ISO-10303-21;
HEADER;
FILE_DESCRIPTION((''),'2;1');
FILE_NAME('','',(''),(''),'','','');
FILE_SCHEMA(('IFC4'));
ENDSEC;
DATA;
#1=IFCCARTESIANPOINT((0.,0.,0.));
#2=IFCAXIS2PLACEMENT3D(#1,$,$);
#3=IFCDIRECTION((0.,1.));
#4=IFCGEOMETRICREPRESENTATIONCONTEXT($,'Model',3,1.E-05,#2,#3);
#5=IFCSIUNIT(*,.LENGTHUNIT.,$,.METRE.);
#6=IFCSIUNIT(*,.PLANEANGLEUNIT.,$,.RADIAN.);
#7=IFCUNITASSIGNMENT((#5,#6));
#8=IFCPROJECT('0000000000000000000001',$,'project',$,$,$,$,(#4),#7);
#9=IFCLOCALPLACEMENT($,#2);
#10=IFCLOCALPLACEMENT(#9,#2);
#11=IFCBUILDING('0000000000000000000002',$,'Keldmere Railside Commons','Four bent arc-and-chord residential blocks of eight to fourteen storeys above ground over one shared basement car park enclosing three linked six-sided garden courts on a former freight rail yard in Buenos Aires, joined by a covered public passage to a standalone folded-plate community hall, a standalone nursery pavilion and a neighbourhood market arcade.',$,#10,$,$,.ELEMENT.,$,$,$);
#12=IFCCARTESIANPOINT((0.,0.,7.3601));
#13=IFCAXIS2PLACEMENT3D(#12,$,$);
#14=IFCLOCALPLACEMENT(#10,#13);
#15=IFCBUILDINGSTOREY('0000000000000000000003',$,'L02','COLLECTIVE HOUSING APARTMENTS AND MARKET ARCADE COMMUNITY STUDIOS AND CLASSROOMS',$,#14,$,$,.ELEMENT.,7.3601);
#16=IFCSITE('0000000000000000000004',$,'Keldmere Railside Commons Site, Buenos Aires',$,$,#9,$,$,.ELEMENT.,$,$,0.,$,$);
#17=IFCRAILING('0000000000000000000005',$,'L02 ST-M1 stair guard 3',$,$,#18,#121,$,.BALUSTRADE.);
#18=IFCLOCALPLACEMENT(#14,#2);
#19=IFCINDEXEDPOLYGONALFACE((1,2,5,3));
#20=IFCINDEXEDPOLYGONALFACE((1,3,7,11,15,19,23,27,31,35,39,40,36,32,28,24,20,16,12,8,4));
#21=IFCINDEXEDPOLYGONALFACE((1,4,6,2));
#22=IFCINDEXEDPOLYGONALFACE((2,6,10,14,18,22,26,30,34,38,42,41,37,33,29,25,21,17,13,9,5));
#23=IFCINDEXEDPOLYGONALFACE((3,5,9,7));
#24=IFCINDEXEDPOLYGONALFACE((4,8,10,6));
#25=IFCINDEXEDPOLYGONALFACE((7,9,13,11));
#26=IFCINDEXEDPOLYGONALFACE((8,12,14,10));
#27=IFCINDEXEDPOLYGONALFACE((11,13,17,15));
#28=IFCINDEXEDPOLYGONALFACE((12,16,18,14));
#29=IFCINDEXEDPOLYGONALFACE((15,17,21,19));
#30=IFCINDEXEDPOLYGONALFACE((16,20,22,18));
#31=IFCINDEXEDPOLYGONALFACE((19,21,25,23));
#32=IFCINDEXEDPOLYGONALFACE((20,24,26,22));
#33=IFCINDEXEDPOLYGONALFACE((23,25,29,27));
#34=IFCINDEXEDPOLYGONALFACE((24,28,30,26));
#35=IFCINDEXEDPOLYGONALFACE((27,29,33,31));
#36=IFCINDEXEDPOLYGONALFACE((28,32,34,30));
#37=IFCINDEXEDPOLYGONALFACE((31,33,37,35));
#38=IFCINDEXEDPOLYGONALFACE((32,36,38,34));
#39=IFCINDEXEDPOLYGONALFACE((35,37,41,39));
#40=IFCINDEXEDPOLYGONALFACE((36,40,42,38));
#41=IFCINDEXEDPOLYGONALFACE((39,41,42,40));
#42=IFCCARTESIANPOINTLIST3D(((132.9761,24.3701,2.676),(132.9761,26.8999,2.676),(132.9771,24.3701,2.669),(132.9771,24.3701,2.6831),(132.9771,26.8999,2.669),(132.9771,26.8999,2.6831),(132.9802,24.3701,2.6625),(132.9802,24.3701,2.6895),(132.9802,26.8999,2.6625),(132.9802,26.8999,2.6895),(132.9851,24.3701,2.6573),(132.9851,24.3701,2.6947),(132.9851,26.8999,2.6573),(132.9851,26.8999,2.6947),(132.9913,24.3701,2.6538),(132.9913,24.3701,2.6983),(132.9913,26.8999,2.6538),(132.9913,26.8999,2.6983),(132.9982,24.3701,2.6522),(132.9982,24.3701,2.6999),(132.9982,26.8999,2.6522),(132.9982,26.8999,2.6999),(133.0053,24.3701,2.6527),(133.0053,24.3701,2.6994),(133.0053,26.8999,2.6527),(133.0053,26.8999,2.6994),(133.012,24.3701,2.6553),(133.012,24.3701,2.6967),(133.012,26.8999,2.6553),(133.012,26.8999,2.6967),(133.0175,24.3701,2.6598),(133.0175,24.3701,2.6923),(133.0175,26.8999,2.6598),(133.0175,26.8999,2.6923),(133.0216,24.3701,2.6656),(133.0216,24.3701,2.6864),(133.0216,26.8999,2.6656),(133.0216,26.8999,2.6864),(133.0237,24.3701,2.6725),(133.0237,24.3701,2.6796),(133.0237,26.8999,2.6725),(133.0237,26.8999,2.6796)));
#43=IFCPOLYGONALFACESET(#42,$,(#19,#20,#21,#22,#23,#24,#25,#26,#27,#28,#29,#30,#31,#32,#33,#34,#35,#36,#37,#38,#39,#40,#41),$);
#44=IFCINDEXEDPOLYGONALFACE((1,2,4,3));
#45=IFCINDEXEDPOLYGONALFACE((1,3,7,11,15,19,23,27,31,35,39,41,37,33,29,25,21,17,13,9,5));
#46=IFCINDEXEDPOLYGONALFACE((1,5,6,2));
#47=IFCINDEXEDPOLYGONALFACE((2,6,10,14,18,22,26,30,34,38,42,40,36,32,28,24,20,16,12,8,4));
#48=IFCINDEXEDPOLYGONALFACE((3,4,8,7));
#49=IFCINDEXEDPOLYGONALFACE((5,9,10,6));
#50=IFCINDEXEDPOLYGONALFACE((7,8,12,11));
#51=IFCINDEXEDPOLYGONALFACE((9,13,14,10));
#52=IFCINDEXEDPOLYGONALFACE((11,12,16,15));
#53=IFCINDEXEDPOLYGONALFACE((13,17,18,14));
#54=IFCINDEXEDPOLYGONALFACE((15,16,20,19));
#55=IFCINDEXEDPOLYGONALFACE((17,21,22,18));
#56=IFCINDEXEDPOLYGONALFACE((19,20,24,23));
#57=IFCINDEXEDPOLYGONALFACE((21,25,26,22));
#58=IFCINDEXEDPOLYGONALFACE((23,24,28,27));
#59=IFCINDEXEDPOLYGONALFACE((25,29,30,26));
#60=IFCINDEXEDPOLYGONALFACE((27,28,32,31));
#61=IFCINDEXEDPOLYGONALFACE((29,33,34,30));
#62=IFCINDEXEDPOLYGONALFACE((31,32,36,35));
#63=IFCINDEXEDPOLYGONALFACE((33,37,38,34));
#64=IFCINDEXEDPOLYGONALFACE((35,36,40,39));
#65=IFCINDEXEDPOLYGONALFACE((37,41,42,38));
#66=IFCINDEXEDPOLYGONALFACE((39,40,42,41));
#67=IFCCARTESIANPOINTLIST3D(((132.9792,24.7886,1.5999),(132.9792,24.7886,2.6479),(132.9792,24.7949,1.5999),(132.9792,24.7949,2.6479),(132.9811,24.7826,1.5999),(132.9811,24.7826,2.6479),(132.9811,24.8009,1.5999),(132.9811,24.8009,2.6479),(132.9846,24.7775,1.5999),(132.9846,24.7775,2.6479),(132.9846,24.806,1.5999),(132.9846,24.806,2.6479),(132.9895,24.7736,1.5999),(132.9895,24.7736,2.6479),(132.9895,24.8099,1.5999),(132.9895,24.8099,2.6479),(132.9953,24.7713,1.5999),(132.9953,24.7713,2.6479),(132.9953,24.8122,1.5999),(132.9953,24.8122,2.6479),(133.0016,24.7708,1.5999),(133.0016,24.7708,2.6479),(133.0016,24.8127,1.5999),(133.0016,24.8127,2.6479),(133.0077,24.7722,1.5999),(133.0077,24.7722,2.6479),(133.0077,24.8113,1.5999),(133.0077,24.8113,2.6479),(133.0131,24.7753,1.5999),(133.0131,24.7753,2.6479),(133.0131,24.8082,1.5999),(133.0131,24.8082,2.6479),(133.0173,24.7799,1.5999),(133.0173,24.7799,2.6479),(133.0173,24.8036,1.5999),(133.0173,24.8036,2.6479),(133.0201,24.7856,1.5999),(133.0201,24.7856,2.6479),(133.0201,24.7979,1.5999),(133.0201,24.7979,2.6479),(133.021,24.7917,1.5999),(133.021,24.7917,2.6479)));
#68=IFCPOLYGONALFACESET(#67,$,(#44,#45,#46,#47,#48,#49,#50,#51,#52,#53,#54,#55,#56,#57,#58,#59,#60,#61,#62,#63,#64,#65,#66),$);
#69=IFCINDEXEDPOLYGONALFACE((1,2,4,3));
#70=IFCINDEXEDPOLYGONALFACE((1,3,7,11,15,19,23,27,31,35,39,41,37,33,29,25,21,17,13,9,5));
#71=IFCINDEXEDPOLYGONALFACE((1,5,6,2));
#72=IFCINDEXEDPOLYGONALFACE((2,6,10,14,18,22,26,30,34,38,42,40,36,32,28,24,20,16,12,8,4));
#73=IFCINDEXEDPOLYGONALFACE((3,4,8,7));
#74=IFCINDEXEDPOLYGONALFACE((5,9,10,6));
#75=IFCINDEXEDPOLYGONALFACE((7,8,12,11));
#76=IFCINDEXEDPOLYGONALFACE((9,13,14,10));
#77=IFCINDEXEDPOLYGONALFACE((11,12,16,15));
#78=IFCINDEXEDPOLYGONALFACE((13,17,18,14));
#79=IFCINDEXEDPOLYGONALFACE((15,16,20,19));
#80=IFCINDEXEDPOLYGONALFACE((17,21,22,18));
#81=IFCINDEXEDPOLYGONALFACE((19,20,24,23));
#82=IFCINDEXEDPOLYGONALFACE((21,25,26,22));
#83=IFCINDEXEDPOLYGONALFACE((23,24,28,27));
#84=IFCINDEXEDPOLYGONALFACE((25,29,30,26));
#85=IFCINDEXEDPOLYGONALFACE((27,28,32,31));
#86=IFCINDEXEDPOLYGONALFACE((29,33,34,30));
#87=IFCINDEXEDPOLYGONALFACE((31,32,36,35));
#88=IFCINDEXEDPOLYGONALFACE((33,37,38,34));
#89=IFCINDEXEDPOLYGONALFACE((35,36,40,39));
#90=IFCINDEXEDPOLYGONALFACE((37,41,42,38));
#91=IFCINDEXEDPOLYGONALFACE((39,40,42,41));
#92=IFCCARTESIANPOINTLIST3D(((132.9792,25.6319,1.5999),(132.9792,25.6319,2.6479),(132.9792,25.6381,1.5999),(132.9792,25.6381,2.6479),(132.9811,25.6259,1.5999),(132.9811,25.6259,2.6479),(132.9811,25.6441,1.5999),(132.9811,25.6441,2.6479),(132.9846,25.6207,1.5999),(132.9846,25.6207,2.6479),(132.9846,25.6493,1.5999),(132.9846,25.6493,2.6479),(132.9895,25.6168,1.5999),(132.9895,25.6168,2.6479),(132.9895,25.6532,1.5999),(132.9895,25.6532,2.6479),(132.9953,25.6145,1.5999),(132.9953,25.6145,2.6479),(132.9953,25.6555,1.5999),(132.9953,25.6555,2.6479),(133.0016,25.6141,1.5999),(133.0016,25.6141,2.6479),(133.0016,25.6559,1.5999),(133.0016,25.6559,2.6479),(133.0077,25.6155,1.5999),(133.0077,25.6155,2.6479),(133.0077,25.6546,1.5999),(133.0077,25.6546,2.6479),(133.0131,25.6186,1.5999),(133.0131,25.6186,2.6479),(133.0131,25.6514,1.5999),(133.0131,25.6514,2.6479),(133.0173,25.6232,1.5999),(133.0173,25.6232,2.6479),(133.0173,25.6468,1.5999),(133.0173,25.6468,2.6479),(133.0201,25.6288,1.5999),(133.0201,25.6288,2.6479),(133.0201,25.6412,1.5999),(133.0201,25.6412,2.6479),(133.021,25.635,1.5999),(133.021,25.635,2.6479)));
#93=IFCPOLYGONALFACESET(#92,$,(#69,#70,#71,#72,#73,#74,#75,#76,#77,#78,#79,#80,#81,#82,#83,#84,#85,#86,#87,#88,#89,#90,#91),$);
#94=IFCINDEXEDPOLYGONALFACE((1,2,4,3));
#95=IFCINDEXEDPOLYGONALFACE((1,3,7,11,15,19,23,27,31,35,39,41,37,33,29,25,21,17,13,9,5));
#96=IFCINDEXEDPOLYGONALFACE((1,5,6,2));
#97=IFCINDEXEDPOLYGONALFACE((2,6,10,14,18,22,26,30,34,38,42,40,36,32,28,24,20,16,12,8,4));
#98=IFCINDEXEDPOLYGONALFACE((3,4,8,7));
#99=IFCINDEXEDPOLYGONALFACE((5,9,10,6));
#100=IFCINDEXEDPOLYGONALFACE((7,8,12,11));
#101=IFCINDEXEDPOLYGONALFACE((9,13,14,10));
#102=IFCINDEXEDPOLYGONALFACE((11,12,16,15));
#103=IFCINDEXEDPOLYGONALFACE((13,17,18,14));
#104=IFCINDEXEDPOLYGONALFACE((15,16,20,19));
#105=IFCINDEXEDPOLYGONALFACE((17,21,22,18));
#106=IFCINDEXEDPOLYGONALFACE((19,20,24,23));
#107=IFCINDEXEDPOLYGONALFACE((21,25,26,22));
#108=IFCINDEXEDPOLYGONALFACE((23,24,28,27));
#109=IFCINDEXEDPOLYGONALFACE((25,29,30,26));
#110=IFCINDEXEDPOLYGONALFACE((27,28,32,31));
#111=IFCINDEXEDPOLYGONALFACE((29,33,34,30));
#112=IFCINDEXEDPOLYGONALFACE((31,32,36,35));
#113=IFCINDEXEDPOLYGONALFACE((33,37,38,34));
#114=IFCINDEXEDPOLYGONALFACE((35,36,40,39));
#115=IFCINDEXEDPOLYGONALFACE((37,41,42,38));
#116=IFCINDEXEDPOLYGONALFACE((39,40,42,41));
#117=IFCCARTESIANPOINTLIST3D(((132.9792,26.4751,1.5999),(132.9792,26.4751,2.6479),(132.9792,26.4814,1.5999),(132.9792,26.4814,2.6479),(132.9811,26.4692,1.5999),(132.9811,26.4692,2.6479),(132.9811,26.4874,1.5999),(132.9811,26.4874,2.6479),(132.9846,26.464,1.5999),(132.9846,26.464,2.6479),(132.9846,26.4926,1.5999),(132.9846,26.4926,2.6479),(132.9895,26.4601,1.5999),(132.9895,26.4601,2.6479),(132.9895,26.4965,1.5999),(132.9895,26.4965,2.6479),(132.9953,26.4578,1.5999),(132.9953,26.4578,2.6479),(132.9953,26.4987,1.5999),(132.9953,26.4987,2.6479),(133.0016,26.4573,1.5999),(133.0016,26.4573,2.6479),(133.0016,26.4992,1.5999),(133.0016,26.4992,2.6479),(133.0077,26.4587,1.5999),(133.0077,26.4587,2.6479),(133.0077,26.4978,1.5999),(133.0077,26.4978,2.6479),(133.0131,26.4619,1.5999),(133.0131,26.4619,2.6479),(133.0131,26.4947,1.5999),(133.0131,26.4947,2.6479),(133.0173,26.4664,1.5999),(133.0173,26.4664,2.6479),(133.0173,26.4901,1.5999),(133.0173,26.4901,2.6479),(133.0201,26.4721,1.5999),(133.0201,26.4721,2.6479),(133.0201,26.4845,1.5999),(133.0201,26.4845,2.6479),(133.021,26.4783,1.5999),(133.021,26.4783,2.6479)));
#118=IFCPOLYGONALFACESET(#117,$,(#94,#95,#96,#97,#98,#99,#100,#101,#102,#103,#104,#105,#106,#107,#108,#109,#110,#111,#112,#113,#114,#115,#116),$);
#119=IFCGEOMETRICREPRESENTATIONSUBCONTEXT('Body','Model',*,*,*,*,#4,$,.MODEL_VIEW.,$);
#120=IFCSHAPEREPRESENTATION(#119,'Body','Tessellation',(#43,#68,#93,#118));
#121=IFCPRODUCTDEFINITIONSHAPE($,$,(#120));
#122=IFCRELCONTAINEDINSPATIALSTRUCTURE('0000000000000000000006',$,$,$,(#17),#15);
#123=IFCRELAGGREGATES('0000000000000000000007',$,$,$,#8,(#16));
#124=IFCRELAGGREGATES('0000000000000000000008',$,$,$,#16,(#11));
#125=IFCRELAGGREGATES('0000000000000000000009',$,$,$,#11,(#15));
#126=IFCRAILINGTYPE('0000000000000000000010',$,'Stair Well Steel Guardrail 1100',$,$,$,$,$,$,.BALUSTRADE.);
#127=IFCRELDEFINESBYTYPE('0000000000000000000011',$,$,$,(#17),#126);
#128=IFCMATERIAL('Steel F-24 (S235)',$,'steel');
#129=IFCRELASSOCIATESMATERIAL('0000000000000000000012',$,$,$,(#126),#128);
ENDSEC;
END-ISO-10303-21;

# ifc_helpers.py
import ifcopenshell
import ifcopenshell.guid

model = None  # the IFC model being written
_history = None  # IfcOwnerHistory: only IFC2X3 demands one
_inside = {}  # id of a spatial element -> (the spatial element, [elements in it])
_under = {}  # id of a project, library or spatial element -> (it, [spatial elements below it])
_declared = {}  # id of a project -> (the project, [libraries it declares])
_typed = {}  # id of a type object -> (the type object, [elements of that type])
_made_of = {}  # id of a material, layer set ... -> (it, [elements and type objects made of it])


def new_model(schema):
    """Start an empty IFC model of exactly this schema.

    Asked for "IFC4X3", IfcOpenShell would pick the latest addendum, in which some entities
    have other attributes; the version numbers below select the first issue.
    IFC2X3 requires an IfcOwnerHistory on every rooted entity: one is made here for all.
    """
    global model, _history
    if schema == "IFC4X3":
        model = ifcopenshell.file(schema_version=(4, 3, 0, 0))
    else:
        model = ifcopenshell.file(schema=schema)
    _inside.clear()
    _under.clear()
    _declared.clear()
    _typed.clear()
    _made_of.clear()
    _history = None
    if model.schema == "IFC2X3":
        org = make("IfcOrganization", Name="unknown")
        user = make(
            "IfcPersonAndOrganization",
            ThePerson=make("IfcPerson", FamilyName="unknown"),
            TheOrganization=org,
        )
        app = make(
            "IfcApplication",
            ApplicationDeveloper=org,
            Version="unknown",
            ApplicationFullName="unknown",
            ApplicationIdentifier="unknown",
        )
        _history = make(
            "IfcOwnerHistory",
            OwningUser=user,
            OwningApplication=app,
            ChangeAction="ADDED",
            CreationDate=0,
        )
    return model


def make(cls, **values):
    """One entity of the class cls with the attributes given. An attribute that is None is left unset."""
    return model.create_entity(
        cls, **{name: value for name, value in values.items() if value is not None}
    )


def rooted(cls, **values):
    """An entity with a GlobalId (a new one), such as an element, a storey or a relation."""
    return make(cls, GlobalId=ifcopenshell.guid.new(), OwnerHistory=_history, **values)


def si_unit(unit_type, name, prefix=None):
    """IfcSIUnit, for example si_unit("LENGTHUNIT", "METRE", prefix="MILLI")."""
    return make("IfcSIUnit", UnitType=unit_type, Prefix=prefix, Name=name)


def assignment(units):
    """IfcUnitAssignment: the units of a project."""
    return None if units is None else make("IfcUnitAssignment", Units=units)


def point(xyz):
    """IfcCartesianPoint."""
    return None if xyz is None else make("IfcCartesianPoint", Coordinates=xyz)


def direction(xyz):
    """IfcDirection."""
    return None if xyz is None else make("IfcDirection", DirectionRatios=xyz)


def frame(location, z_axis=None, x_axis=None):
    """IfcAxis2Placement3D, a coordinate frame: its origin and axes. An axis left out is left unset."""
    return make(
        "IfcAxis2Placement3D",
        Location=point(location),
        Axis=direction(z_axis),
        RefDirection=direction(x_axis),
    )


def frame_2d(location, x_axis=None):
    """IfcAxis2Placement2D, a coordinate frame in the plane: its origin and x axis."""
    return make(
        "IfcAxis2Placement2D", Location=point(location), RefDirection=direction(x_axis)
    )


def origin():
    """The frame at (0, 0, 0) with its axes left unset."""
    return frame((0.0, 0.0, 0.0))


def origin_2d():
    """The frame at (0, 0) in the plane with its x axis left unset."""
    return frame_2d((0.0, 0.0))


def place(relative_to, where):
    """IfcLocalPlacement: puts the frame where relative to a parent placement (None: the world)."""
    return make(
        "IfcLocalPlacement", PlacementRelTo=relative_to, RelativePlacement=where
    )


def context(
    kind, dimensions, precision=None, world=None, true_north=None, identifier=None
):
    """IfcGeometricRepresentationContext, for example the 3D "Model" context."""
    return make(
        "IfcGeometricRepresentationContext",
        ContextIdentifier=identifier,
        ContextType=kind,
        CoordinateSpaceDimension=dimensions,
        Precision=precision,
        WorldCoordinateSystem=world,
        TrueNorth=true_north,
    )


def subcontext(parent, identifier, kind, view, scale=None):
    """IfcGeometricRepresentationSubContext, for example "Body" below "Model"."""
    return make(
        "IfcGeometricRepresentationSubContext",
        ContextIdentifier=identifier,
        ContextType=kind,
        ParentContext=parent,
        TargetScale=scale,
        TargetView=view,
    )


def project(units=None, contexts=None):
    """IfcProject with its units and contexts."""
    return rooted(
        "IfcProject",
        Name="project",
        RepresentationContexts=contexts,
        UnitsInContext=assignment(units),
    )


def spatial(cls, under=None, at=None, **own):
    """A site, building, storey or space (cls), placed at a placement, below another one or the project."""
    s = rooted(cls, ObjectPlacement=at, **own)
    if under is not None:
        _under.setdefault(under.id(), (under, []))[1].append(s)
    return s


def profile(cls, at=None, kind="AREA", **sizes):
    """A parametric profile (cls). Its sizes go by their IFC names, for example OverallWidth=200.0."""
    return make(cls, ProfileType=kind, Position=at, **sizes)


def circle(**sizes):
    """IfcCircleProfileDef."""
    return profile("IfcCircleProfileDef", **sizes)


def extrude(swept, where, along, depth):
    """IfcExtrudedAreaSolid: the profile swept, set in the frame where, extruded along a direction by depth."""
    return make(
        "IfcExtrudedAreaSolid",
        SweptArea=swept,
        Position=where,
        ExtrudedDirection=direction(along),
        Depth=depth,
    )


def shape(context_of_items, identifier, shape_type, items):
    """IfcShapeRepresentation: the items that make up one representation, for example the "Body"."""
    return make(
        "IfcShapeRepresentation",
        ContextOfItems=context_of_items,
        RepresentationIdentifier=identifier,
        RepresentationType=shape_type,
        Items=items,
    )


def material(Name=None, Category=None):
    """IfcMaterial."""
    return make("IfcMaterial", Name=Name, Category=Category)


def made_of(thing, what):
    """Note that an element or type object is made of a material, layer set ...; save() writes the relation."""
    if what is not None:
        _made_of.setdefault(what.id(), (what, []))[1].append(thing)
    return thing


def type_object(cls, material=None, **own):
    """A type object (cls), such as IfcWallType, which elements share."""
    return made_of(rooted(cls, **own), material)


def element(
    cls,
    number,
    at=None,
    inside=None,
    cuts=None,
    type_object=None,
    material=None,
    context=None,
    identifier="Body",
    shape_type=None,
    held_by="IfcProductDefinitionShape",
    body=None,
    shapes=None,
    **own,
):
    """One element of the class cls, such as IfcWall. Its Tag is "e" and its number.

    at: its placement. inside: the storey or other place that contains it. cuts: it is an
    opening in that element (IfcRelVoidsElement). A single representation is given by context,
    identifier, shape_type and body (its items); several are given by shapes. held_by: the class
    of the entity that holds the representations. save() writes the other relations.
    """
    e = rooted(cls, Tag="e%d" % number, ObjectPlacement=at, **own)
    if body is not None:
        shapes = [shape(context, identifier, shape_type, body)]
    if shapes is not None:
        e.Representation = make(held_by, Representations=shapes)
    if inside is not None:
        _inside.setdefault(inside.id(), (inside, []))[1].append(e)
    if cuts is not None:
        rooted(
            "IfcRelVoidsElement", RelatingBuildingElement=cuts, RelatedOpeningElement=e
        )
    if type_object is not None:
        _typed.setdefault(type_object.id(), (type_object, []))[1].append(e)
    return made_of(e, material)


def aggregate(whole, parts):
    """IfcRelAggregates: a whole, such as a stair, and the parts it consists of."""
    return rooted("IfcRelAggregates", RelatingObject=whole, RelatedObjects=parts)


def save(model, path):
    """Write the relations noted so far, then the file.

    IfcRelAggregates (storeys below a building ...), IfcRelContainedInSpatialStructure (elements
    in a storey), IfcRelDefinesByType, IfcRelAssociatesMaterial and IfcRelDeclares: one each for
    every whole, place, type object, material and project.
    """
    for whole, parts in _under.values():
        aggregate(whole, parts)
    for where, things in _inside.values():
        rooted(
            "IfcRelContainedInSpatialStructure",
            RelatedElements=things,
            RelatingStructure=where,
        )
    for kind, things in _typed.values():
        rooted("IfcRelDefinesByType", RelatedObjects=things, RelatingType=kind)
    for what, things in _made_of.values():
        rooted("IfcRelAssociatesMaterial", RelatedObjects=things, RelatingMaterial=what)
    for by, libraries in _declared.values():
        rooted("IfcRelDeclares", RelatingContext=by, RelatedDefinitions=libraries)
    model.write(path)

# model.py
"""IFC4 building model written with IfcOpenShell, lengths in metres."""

from ifc_helpers import new_model, si_unit, direction, frame, origin, origin_2d, place, context, subcontext, project, spatial, circle, extrude, material, type_object, element, save


model = new_model("IFC4")

# Units and contexts
model_context = context("Model", 3, precision=1e-05, world=origin(), true_north=direction((0.0, 1.0)))
body_context = subcontext(model_context, "Body", "Model", "MODEL_VIEW")
ifc_project = project(units=[si_unit("LENGTHUNIT", "METRE"), si_unit("PLANEANGLEUNIT", "RADIAN")], contexts=[model_context])

# Site, building, storey
site_placement = place(None, origin())
site = spatial("IfcSite", under=ifc_project, at=site_placement, Name="Keldmere Railside Commons Site, Buenos Aires", CompositionType="ELEMENT", RefElevation=0.0)
building_placement = place(site_placement, origin())
building = spatial("IfcBuilding", under=site, at=building_placement, Name="Keldmere Railside Commons", Description="Four bent arc-and-chord residential blocks of eight to fourteen storeys above ground over one shared basement car park enclosing three linked six-sided garden courts on a former freight rail yard in Buenos Aires, joined by a covered public passage to a standalone folded-plate community hall, a standalone nursery pavilion and a neighbourhood market arcade.", CompositionType="ELEMENT")
storey_placement = place(building_placement, frame((0.0, 0.0, 7.3601)))
storey = spatial("IfcBuildingStorey", under=building, at=storey_placement, Name="L02", Description="COLLECTIVE HOUSING APARTMENTS AND MARKET ARCADE COMMUNITY STUDIOS AND CLASSROOMS", CompositionType="ELEMENT", Elevation=7.3601)

# Shared definitions
ifc_material_1 = material(Name="Steel F-24 (S235)", Category="steel")

# Railing
railing_type_1 = type_object("IfcRailingType", Name="Stair Well Steel Guardrail 1100", PredefinedType="BALUSTRADE", material=ifc_material_1)
railing_1_placement = place(storey_placement, frame((133.0, 24.3701, 1.5999)))
element("IfcRailing", 1, at=railing_1_placement, inside=storey, type_object=railing_type_1, Name="L02 ST-M1 stair guard 3", PredefinedType="BALUSTRADE", context=body_context, shape_type="SweptSolid", body=[
    extrude(circle(Radius=0.0239, at=origin_2d()), frame((0.0, 0.0, 1.0762), z_axis=(0.0, 1.0, 0.0), x_axis=(-1.0, 0.0, 0.0)), (0.0, 0.0, 1.0), 2.5298),
    extrude(circle(Radius=0.021, at=origin_2d()), frame((0.0, 0.4216, 0.0)), (0.0, 0.0, 1.0), 1.0481),
    extrude(circle(Radius=0.021, at=origin_2d()), frame((0.0, 1.2649, 0.0)), (0.0, 0.0, 1.0), 1.0481),
    extrude(circle(Radius=0.021, at=origin_2d()), frame((0.0, 2.1082, 0.0)), (0.0, 0.0, 1.0), 1.0481),
])

save(model, "model.ifc")
